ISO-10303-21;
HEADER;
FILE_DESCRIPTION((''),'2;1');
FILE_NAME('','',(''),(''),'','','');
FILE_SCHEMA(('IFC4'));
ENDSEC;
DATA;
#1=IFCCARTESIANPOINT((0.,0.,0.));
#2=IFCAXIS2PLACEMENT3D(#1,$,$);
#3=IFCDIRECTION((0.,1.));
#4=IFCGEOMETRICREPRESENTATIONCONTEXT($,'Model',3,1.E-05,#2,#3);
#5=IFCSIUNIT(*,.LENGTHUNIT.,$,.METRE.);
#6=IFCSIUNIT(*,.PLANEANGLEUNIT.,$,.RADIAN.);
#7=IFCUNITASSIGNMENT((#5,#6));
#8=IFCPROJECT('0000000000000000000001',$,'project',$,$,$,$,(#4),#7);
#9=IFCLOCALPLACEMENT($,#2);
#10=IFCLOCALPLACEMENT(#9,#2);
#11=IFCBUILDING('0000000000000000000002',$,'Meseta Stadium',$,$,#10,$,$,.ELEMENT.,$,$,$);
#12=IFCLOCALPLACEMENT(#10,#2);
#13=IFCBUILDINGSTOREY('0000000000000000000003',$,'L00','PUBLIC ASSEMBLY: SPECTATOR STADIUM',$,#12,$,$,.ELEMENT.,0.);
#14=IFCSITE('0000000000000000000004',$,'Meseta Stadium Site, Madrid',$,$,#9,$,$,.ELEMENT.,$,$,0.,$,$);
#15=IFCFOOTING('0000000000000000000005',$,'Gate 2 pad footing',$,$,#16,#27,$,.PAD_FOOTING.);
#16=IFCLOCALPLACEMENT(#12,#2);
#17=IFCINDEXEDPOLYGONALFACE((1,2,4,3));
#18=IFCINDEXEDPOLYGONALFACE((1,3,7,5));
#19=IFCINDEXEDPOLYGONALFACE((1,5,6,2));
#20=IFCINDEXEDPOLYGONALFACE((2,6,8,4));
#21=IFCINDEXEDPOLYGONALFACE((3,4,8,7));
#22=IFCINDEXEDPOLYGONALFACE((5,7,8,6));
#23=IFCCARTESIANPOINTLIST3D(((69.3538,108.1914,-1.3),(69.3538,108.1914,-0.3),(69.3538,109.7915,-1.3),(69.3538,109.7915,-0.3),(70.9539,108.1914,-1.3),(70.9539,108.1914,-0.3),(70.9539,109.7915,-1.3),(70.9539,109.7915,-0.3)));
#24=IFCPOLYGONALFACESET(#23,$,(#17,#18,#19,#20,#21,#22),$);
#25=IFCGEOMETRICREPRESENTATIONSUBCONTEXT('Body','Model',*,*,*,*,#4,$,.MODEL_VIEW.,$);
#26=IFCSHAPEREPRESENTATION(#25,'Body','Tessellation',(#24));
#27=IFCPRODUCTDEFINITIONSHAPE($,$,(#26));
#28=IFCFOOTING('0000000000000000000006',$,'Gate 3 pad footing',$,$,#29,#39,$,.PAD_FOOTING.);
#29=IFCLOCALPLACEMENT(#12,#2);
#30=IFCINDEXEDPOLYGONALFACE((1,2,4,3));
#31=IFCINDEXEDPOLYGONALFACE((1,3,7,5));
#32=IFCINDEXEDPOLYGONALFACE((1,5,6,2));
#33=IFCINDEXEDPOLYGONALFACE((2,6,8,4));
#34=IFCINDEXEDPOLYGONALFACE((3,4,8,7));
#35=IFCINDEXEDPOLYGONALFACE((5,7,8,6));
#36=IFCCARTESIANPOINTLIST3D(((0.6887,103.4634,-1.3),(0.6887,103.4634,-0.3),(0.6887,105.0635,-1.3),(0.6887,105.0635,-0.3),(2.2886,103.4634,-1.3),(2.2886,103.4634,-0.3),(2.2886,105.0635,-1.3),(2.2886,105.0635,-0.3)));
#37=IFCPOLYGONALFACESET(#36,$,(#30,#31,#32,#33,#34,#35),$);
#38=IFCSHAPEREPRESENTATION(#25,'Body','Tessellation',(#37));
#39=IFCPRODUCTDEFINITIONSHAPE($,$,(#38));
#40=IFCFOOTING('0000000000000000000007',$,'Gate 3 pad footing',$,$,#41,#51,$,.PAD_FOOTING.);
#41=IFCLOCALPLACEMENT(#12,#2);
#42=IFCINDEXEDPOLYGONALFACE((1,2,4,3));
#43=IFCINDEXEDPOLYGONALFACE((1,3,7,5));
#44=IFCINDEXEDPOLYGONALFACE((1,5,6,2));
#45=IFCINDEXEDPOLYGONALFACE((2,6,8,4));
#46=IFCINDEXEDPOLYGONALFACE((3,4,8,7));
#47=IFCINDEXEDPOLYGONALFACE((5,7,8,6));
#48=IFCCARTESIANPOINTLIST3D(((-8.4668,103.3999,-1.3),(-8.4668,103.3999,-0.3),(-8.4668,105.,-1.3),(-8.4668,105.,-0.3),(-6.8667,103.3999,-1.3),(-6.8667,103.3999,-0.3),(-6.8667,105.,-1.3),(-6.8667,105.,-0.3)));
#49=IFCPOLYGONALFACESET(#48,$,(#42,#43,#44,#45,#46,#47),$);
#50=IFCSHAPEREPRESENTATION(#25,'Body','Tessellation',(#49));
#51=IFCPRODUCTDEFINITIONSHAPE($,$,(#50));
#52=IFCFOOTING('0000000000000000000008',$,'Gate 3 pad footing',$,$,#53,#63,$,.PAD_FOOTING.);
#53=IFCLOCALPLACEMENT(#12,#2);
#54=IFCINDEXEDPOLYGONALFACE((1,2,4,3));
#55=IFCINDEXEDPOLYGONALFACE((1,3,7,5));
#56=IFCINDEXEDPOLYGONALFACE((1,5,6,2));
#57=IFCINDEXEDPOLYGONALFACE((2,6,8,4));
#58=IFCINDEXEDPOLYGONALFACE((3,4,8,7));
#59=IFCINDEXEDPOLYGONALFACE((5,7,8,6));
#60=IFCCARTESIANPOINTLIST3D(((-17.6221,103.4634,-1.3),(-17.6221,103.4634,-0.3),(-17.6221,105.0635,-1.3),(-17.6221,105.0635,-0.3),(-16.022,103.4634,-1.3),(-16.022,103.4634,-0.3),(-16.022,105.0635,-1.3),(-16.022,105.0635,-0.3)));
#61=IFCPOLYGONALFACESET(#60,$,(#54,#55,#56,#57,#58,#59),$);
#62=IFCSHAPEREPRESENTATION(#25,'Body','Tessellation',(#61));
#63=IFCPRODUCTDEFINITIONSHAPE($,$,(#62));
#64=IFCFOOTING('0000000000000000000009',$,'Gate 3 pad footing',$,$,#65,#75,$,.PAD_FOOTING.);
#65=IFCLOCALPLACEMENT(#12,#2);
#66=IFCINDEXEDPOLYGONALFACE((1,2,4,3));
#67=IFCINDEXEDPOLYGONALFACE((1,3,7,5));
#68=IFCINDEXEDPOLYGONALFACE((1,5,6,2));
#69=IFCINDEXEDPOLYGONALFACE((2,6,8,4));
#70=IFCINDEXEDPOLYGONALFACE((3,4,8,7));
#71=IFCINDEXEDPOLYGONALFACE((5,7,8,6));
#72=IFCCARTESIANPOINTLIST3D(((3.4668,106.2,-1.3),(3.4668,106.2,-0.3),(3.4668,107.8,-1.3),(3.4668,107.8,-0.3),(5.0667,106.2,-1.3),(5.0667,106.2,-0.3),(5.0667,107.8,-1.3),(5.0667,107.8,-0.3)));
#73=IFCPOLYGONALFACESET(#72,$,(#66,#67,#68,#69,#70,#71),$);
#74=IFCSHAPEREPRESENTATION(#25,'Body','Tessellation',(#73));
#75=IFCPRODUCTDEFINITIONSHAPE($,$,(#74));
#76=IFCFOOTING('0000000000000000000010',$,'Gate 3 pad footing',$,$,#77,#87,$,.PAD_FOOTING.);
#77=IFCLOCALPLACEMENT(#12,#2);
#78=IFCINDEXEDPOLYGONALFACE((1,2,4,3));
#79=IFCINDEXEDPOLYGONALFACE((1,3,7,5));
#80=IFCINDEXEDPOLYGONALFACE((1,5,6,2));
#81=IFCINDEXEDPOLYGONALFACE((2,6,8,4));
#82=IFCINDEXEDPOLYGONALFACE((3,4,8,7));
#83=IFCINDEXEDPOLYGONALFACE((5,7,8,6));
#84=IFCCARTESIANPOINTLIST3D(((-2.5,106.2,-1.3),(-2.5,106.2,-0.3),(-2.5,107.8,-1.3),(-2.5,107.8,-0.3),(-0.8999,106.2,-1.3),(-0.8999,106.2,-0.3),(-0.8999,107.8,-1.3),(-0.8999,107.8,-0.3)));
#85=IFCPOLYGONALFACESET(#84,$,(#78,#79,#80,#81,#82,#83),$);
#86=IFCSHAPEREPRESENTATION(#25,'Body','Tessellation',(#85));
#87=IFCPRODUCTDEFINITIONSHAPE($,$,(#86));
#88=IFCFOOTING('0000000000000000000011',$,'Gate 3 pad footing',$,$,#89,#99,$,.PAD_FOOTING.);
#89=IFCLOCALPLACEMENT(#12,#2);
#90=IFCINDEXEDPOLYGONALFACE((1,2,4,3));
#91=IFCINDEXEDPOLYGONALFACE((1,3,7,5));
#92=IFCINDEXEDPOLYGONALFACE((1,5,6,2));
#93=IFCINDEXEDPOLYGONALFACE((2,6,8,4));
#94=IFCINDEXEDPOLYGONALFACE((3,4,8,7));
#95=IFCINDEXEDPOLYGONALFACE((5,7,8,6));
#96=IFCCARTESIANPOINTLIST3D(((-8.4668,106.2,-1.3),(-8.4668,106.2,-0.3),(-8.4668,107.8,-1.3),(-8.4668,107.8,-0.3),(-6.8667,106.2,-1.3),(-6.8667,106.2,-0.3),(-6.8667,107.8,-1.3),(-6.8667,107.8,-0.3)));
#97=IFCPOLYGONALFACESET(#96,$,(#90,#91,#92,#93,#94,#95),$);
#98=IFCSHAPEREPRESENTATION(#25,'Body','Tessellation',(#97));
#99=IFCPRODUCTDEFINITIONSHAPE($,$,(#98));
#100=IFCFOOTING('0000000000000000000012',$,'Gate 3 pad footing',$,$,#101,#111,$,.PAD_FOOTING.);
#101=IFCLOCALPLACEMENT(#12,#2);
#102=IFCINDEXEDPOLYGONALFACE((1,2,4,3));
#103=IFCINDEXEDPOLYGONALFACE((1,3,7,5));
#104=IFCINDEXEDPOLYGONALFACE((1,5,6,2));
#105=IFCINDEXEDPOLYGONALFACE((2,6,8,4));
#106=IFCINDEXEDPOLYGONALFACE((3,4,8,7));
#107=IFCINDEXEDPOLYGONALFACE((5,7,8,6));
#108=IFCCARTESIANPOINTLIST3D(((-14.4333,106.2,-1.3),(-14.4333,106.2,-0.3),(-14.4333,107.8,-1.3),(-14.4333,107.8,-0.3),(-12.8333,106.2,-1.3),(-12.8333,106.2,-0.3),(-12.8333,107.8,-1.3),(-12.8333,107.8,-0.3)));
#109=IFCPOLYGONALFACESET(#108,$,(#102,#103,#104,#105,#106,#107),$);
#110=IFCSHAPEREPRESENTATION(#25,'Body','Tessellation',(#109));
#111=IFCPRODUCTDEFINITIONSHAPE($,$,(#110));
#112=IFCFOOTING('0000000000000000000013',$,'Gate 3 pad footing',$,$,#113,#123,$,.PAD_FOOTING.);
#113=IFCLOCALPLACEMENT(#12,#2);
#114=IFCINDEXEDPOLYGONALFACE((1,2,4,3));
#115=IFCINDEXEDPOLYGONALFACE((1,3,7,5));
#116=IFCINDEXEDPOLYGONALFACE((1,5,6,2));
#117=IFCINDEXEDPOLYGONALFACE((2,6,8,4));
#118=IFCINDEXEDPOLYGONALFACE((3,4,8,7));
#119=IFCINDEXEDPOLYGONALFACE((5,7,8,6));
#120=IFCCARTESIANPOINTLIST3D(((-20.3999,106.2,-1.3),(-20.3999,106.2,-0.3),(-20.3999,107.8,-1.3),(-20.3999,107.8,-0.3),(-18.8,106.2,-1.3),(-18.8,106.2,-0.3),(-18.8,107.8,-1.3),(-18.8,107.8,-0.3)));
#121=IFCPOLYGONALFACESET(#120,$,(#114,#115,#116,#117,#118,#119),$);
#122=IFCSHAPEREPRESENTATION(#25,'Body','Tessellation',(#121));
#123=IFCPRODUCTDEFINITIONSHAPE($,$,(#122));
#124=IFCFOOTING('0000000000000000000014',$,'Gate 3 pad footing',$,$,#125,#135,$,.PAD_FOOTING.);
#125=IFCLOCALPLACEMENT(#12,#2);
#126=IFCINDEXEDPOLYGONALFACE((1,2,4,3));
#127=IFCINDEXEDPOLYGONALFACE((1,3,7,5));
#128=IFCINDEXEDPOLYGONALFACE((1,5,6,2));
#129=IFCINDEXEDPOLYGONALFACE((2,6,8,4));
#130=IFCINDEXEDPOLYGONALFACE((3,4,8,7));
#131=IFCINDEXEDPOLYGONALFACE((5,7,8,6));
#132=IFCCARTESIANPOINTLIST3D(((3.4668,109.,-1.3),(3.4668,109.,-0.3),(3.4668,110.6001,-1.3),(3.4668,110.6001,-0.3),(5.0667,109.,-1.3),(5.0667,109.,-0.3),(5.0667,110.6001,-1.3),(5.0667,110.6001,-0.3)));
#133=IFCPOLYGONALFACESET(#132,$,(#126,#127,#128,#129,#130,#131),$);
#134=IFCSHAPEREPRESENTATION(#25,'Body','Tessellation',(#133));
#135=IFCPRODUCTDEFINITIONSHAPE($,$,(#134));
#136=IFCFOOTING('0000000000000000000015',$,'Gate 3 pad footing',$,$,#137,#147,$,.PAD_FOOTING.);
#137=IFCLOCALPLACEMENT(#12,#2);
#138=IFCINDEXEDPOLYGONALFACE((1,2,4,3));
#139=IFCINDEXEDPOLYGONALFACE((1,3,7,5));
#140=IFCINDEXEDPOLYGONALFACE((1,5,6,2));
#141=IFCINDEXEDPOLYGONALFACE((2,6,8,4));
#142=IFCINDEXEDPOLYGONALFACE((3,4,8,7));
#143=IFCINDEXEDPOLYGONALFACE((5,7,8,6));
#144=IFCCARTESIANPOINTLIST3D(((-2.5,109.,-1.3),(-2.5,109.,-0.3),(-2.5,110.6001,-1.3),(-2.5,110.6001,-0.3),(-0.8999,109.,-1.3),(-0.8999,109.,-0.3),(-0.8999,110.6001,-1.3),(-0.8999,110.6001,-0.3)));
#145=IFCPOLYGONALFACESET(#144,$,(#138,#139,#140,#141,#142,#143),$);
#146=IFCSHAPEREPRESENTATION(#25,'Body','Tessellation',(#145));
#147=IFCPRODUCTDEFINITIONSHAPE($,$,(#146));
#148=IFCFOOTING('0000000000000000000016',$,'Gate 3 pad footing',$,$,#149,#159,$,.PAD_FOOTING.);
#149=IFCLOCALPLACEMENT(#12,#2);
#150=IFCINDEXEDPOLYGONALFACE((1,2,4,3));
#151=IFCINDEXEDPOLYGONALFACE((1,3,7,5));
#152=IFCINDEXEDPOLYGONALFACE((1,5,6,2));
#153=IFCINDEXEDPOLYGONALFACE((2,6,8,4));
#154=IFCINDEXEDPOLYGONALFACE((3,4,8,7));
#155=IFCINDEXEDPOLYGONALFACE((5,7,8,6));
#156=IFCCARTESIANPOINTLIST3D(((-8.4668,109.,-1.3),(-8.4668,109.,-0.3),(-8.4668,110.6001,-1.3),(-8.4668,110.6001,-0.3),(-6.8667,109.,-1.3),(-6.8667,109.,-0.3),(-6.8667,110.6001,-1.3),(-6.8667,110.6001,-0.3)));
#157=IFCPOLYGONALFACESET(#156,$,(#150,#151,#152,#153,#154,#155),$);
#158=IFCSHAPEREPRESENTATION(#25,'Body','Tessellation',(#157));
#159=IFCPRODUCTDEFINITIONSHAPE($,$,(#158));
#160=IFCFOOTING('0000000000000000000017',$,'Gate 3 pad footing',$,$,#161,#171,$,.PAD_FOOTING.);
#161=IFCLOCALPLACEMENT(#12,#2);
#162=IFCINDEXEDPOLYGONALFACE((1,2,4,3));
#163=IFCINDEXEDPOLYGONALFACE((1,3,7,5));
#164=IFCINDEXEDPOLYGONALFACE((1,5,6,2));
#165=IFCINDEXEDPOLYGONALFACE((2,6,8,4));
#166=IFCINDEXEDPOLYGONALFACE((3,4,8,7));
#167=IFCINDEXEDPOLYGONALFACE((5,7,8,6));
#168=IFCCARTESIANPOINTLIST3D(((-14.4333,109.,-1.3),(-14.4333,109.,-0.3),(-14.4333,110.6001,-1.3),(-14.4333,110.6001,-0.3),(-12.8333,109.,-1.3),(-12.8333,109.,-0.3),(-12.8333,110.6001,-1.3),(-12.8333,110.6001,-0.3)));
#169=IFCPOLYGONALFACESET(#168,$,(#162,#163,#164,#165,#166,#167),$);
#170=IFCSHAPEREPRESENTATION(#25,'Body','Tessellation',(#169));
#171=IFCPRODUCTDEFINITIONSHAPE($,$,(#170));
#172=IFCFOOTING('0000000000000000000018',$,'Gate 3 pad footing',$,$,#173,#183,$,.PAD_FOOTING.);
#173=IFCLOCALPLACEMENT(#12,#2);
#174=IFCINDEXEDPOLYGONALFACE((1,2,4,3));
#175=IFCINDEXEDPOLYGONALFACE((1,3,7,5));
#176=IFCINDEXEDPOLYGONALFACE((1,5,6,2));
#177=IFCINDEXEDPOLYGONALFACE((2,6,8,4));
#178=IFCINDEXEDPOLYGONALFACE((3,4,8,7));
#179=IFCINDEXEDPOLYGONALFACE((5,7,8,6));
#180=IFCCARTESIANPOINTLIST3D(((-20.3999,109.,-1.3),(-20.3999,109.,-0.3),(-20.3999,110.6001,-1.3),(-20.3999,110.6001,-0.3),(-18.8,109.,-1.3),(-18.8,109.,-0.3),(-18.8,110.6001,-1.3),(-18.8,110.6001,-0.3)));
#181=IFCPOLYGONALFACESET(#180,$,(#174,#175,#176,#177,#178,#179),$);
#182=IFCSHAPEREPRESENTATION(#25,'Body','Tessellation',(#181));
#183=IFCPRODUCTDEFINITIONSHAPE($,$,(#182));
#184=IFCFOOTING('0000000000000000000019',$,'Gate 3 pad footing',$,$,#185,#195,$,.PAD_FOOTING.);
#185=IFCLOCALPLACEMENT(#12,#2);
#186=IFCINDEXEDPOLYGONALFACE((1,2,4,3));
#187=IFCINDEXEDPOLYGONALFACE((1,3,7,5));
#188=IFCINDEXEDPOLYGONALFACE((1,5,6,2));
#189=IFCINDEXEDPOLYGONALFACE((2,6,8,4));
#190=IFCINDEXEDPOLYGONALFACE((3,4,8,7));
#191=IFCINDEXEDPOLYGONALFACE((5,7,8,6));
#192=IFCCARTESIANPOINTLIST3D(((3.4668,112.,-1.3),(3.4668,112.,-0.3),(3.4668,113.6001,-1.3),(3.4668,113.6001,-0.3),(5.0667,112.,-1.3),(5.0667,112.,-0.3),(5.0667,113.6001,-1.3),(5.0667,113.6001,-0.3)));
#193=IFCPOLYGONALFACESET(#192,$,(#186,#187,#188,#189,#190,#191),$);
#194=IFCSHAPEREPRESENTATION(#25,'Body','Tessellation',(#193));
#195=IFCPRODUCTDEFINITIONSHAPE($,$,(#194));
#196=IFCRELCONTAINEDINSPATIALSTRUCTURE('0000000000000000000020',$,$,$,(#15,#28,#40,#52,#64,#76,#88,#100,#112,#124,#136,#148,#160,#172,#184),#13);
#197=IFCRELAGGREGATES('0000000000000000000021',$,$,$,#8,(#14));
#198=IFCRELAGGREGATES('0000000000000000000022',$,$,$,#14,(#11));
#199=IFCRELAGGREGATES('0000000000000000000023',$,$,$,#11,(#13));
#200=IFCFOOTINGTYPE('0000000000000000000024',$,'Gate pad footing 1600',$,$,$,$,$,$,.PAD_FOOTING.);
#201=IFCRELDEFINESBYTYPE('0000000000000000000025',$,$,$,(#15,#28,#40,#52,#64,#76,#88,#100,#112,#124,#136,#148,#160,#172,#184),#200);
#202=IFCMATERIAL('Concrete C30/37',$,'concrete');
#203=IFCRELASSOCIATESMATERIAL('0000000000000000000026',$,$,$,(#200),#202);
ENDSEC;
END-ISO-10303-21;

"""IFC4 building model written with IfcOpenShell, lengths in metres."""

from ifc_helpers import new_model, si_unit, direction, frame, origin, place, context, subcontext, project, spatial, polyline, outline, extrude, material, type_object, element, save


model = new_model("IFC4")

# Units and contexts
model_context = context("Model", 3, precision=1e-05, world=origin(), true_north=direction((0.0, 1.0)))
body_context = subcontext(model_context, "Body", "Model", "MODEL_VIEW")
ifc_project = project(units=[si_unit("LENGTHUNIT", "METRE"), si_unit("PLANEANGLEUNIT", "RADIAN")], contexts=[model_context])

# Site, building, storey
site_placement = place(None, origin())
site = spatial("IfcSite", under=ifc_project, at=site_placement, Name="Meseta Stadium Site, Madrid", CompositionType="ELEMENT", RefElevation=0.0)
building_placement = place(site_placement, origin())
building = spatial("IfcBuilding", under=site, at=building_placement, Name="Meseta Stadium", CompositionType="ELEMENT")
storey_placement = place(building_placement, origin())
storey = spatial("IfcBuildingStorey", under=building, at=storey_placement, Name="L00", Description="PUBLIC ASSEMBLY: SPECTATOR STADIUM", CompositionType="ELEMENT", Elevation=0.0)

# Footings
ifc_material_1 = material(Name="Concrete C30/37", Category="concrete")
footing_type_1 = type_object("IfcFootingType", Name="Gate pad footing 1600", PredefinedType="PAD_FOOTING", material=ifc_material_1)
footing_1_placement = place(storey_placement, frame((0.0, 0.0, -1.3)))
element("IfcFooting", 1, at=footing_1_placement, inside=storey, type_object=footing_type_1, Name="Gate 2 pad footing", PredefinedType="PAD_FOOTING", context=body_context, shape_type="SweptSolid", body=[
    extrude(outline(polyline([(70.9539, 108.1914), (70.9539, 109.7915), (69.3538, 109.7915), (69.3538, 108.1914), (70.9539, 108.1914)])), origin(), (0.0, 0.0, 1.0), 1.0),
])
footing_2_placement = place(storey_placement, frame((0.0, 0.0, -1.3)))
element("IfcFooting", 2, at=footing_2_placement, inside=storey, type_object=footing_type_1, Name="Gate 3 pad footing", PredefinedType="PAD_FOOTING", context=body_context, shape_type="SweptSolid", body=[
    extrude(outline(polyline([(2.2886, 103.4634), (2.2886, 105.0635), (0.6887, 105.0635), (0.6887, 103.4634), (2.2886, 103.4634)])), origin(), (0.0, 0.0, 1.0), 1.0),
])
footing_3_placement = place(storey_placement, frame((0.0, 0.0, -1.3)))
element("IfcFooting", 3, at=footing_3_placement, inside=storey, type_object=footing_type_1, Name="Gate 3 pad footing", PredefinedType="PAD_FOOTING", context=body_context, shape_type="SweptSolid", body=[
    extrude(outline(polyline([(-6.8667, 103.3999), (-6.8667, 105.0), (-8.4668, 105.0), (-8.4668, 103.3999), (-6.8667, 103.3999)])), origin(), (0.0, 0.0, 1.0), 1.0),
])
footing_4_placement = place(storey_placement, frame((0.0, 0.0, -1.3)))
element("IfcFooting", 4, at=footing_4_placement, inside=storey, type_object=footing_type_1, Name="Gate 3 pad footing", PredefinedType="PAD_FOOTING", context=body_context, shape_type="SweptSolid", body=[
    extrude(outline(polyline([(-16.022, 103.4634), (-16.022, 105.0635), (-17.6221, 105.0635), (-17.6221, 103.4634), (-16.022, 103.4634)])), origin(), (0.0, 0.0, 1.0), 1.0),
])
footing_5_placement = place(storey_placement, frame((0.0, 0.0, -1.3)))
element("IfcFooting", 5, at=footing_5_placement, inside=storey, type_object=footing_type_1, Name="Gate 3 pad footing", PredefinedType="PAD_FOOTING", context=body_context, shape_type="SweptSolid", body=[
    extrude(outline(polyline([(5.0667, 106.2), (5.0667, 107.8), (3.4668, 107.8), (3.4668, 106.2), (5.0667, 106.2)])), origin(), (0.0, 0.0, 1.0), 1.0),
])
footing_6_placement = place(storey_placement, frame((0.0, 0.0, -1.3)))
element("IfcFooting", 6, at=footing_6_placement, inside=storey, type_object=footing_type_1, Name="Gate 3 pad footing", PredefinedType="PAD_FOOTING", context=body_context, shape_type="SweptSolid", body=[
    extrude(outline(polyline([(-0.8999, 106.2), (-0.8999, 107.8), (-2.5, 107.8), (-2.5, 106.2), (-0.8999, 106.2)])), origin(), (0.0, 0.0, 1.0), 1.0),
])
footing_7_placement = place(storey_placement, frame((0.0, 0.0, -1.3)))
element("IfcFooting", 7, at=footing_7_placement, inside=storey, type_object=footing_type_1, Name="Gate 3 pad footing", PredefinedType="PAD_FOOTING", context=body_context, shape_type="SweptSolid", body=[
    extrude(outline(polyline([(-6.8667, 106.2), (-6.8667, 107.8), (-8.4668, 107.8), (-8.4668, 106.2), (-6.8667, 106.2)])), origin(), (0.0, 0.0, 1.0), 1.0),
])
footing_8_placement = place(storey_placement, frame((0.0, 0.0, -1.3)))
element("IfcFooting", 8, at=footing_8_placement, inside=storey, type_object=footing_type_1, Name="Gate 3 pad footing", PredefinedType="PAD_FOOTING", context=body_context, shape_type="SweptSolid", body=[
    extrude(outline(polyline([(-12.8333, 106.2), (-12.8333, 107.8), (-14.4333, 107.8), (-14.4333, 106.2), (-12.8333, 106.2)])), origin(), (0.0, 0.0, 1.0), 1.0),
])
footing_9_placement = place(storey_placement, frame((0.0, 0.0, -1.3)))
element("IfcFooting", 9, at=footing_9_placement, inside=storey, type_object=footing_type_1, Name="Gate 3 pad footing", PredefinedType="PAD_FOOTING", context=body_context, shape_type="SweptSolid", body=[
    extrude(outline(polyline([(-18.8, 106.2), (-18.8, 107.8), (-20.3999, 107.8), (-20.3999, 106.2), (-18.8, 106.2)])), origin(), (0.0, 0.0, 1.0), 1.0),
])
footing_10_placement = place(storey_placement, frame((0.0, 0.0, -1.3)))
element("IfcFooting", 10, at=footing_10_placement, inside=storey, type_object=footing_type_1, Name="Gate 3 pad footing", PredefinedType="PAD_FOOTING", context=body_context, shape_type="SweptSolid", body=[
    extrude(outline(polyline([(5.0667, 109.0), (5.0667, 110.6001), (3.4668, 110.6001), (3.4668, 109.0), (5.0667, 109.0)])), origin(), (0.0, 0.0, 1.0), 1.0),
])
footing_11_placement = place(storey_placement, frame((0.0, 0.0, -1.3)))
element("IfcFooting", 11, at=footing_11_placement, inside=storey, type_object=footing_type_1, Name="Gate 3 pad footing", PredefinedType="PAD_FOOTING", context=body_context, shape_type="SweptSolid", body=[
    extrude(outline(polyline([(-0.8999, 109.0), (-0.8999, 110.6001), (-2.5, 110.6001), (-2.5, 109.0), (-0.8999, 109.0)])), origin(), (0.0, 0.0, 1.0), 1.0),
])
footing_12_placement = place(storey_placement, frame((0.0, 0.0, -1.3)))
element("IfcFooting", 12, at=footing_12_placement, inside=storey, type_object=footing_type_1, Name="Gate 3 pad footing", PredefinedType="PAD_FOOTING", context=body_context, shape_type="SweptSolid", body=[
    extrude(outline(polyline([(-6.8667, 109.0), (-6.8667, 110.6001), (-8.4668, 110.6001), (-8.4668, 109.0), (-6.8667, 109.0)])), origin(), (0.0, 0.0, 1.0), 1.0),
])
footing_13_placement = place(storey_placement, frame((0.0, 0.0, -1.3)))
element("IfcFooting", 13, at=footing_13_placement, inside=storey, type_object=footing_type_1, Name="Gate 3 pad footing", PredefinedType="PAD_FOOTING", context=body_context, shape_type="SweptSolid", body=[
    extrude(outline(polyline([(-12.8333, 109.0), (-12.8333, 110.6001), (-14.4333, 110.6001), (-14.4333, 109.0), (-12.8333, 109.0)])), origin(), (0.0, 0.0, 1.0), 1.0),
])
footing_14_placement = place(storey_placement, frame((0.0, 0.0, -1.3)))
element("IfcFooting", 14, at=footing_14_placement, inside=storey, type_object=footing_type_1, Name="Gate 3 pad footing", PredefinedType="PAD_FOOTING", context=body_context, shape_type="SweptSolid", body=[
    extrude(outline(polyline([(-18.8, 109.0), (-18.8, 110.6001), (-20.3999, 110.6001), (-20.3999, 109.0), (-18.8, 109.0)])), origin(), (0.0, 0.0, 1.0), 1.0),
])
footing_15_placement = place(storey_placement, frame((0.0, 0.0, -1.3)))
element("IfcFooting", 15, at=footing_15_placement, inside=storey, type_object=footing_type_1, Name="Gate 3 pad footing", PredefinedType="PAD_FOOTING", context=body_context, shape_type="SweptSolid", body=[
    extrude(outline(polyline([(5.0667, 112.0), (5.0667, 113.6001), (3.4668, 113.6001), (3.4668, 112.0), (5.0667, 112.0)])), origin(), (0.0, 0.0, 1.0), 1.0),
])

save(model, "model.ifc")
